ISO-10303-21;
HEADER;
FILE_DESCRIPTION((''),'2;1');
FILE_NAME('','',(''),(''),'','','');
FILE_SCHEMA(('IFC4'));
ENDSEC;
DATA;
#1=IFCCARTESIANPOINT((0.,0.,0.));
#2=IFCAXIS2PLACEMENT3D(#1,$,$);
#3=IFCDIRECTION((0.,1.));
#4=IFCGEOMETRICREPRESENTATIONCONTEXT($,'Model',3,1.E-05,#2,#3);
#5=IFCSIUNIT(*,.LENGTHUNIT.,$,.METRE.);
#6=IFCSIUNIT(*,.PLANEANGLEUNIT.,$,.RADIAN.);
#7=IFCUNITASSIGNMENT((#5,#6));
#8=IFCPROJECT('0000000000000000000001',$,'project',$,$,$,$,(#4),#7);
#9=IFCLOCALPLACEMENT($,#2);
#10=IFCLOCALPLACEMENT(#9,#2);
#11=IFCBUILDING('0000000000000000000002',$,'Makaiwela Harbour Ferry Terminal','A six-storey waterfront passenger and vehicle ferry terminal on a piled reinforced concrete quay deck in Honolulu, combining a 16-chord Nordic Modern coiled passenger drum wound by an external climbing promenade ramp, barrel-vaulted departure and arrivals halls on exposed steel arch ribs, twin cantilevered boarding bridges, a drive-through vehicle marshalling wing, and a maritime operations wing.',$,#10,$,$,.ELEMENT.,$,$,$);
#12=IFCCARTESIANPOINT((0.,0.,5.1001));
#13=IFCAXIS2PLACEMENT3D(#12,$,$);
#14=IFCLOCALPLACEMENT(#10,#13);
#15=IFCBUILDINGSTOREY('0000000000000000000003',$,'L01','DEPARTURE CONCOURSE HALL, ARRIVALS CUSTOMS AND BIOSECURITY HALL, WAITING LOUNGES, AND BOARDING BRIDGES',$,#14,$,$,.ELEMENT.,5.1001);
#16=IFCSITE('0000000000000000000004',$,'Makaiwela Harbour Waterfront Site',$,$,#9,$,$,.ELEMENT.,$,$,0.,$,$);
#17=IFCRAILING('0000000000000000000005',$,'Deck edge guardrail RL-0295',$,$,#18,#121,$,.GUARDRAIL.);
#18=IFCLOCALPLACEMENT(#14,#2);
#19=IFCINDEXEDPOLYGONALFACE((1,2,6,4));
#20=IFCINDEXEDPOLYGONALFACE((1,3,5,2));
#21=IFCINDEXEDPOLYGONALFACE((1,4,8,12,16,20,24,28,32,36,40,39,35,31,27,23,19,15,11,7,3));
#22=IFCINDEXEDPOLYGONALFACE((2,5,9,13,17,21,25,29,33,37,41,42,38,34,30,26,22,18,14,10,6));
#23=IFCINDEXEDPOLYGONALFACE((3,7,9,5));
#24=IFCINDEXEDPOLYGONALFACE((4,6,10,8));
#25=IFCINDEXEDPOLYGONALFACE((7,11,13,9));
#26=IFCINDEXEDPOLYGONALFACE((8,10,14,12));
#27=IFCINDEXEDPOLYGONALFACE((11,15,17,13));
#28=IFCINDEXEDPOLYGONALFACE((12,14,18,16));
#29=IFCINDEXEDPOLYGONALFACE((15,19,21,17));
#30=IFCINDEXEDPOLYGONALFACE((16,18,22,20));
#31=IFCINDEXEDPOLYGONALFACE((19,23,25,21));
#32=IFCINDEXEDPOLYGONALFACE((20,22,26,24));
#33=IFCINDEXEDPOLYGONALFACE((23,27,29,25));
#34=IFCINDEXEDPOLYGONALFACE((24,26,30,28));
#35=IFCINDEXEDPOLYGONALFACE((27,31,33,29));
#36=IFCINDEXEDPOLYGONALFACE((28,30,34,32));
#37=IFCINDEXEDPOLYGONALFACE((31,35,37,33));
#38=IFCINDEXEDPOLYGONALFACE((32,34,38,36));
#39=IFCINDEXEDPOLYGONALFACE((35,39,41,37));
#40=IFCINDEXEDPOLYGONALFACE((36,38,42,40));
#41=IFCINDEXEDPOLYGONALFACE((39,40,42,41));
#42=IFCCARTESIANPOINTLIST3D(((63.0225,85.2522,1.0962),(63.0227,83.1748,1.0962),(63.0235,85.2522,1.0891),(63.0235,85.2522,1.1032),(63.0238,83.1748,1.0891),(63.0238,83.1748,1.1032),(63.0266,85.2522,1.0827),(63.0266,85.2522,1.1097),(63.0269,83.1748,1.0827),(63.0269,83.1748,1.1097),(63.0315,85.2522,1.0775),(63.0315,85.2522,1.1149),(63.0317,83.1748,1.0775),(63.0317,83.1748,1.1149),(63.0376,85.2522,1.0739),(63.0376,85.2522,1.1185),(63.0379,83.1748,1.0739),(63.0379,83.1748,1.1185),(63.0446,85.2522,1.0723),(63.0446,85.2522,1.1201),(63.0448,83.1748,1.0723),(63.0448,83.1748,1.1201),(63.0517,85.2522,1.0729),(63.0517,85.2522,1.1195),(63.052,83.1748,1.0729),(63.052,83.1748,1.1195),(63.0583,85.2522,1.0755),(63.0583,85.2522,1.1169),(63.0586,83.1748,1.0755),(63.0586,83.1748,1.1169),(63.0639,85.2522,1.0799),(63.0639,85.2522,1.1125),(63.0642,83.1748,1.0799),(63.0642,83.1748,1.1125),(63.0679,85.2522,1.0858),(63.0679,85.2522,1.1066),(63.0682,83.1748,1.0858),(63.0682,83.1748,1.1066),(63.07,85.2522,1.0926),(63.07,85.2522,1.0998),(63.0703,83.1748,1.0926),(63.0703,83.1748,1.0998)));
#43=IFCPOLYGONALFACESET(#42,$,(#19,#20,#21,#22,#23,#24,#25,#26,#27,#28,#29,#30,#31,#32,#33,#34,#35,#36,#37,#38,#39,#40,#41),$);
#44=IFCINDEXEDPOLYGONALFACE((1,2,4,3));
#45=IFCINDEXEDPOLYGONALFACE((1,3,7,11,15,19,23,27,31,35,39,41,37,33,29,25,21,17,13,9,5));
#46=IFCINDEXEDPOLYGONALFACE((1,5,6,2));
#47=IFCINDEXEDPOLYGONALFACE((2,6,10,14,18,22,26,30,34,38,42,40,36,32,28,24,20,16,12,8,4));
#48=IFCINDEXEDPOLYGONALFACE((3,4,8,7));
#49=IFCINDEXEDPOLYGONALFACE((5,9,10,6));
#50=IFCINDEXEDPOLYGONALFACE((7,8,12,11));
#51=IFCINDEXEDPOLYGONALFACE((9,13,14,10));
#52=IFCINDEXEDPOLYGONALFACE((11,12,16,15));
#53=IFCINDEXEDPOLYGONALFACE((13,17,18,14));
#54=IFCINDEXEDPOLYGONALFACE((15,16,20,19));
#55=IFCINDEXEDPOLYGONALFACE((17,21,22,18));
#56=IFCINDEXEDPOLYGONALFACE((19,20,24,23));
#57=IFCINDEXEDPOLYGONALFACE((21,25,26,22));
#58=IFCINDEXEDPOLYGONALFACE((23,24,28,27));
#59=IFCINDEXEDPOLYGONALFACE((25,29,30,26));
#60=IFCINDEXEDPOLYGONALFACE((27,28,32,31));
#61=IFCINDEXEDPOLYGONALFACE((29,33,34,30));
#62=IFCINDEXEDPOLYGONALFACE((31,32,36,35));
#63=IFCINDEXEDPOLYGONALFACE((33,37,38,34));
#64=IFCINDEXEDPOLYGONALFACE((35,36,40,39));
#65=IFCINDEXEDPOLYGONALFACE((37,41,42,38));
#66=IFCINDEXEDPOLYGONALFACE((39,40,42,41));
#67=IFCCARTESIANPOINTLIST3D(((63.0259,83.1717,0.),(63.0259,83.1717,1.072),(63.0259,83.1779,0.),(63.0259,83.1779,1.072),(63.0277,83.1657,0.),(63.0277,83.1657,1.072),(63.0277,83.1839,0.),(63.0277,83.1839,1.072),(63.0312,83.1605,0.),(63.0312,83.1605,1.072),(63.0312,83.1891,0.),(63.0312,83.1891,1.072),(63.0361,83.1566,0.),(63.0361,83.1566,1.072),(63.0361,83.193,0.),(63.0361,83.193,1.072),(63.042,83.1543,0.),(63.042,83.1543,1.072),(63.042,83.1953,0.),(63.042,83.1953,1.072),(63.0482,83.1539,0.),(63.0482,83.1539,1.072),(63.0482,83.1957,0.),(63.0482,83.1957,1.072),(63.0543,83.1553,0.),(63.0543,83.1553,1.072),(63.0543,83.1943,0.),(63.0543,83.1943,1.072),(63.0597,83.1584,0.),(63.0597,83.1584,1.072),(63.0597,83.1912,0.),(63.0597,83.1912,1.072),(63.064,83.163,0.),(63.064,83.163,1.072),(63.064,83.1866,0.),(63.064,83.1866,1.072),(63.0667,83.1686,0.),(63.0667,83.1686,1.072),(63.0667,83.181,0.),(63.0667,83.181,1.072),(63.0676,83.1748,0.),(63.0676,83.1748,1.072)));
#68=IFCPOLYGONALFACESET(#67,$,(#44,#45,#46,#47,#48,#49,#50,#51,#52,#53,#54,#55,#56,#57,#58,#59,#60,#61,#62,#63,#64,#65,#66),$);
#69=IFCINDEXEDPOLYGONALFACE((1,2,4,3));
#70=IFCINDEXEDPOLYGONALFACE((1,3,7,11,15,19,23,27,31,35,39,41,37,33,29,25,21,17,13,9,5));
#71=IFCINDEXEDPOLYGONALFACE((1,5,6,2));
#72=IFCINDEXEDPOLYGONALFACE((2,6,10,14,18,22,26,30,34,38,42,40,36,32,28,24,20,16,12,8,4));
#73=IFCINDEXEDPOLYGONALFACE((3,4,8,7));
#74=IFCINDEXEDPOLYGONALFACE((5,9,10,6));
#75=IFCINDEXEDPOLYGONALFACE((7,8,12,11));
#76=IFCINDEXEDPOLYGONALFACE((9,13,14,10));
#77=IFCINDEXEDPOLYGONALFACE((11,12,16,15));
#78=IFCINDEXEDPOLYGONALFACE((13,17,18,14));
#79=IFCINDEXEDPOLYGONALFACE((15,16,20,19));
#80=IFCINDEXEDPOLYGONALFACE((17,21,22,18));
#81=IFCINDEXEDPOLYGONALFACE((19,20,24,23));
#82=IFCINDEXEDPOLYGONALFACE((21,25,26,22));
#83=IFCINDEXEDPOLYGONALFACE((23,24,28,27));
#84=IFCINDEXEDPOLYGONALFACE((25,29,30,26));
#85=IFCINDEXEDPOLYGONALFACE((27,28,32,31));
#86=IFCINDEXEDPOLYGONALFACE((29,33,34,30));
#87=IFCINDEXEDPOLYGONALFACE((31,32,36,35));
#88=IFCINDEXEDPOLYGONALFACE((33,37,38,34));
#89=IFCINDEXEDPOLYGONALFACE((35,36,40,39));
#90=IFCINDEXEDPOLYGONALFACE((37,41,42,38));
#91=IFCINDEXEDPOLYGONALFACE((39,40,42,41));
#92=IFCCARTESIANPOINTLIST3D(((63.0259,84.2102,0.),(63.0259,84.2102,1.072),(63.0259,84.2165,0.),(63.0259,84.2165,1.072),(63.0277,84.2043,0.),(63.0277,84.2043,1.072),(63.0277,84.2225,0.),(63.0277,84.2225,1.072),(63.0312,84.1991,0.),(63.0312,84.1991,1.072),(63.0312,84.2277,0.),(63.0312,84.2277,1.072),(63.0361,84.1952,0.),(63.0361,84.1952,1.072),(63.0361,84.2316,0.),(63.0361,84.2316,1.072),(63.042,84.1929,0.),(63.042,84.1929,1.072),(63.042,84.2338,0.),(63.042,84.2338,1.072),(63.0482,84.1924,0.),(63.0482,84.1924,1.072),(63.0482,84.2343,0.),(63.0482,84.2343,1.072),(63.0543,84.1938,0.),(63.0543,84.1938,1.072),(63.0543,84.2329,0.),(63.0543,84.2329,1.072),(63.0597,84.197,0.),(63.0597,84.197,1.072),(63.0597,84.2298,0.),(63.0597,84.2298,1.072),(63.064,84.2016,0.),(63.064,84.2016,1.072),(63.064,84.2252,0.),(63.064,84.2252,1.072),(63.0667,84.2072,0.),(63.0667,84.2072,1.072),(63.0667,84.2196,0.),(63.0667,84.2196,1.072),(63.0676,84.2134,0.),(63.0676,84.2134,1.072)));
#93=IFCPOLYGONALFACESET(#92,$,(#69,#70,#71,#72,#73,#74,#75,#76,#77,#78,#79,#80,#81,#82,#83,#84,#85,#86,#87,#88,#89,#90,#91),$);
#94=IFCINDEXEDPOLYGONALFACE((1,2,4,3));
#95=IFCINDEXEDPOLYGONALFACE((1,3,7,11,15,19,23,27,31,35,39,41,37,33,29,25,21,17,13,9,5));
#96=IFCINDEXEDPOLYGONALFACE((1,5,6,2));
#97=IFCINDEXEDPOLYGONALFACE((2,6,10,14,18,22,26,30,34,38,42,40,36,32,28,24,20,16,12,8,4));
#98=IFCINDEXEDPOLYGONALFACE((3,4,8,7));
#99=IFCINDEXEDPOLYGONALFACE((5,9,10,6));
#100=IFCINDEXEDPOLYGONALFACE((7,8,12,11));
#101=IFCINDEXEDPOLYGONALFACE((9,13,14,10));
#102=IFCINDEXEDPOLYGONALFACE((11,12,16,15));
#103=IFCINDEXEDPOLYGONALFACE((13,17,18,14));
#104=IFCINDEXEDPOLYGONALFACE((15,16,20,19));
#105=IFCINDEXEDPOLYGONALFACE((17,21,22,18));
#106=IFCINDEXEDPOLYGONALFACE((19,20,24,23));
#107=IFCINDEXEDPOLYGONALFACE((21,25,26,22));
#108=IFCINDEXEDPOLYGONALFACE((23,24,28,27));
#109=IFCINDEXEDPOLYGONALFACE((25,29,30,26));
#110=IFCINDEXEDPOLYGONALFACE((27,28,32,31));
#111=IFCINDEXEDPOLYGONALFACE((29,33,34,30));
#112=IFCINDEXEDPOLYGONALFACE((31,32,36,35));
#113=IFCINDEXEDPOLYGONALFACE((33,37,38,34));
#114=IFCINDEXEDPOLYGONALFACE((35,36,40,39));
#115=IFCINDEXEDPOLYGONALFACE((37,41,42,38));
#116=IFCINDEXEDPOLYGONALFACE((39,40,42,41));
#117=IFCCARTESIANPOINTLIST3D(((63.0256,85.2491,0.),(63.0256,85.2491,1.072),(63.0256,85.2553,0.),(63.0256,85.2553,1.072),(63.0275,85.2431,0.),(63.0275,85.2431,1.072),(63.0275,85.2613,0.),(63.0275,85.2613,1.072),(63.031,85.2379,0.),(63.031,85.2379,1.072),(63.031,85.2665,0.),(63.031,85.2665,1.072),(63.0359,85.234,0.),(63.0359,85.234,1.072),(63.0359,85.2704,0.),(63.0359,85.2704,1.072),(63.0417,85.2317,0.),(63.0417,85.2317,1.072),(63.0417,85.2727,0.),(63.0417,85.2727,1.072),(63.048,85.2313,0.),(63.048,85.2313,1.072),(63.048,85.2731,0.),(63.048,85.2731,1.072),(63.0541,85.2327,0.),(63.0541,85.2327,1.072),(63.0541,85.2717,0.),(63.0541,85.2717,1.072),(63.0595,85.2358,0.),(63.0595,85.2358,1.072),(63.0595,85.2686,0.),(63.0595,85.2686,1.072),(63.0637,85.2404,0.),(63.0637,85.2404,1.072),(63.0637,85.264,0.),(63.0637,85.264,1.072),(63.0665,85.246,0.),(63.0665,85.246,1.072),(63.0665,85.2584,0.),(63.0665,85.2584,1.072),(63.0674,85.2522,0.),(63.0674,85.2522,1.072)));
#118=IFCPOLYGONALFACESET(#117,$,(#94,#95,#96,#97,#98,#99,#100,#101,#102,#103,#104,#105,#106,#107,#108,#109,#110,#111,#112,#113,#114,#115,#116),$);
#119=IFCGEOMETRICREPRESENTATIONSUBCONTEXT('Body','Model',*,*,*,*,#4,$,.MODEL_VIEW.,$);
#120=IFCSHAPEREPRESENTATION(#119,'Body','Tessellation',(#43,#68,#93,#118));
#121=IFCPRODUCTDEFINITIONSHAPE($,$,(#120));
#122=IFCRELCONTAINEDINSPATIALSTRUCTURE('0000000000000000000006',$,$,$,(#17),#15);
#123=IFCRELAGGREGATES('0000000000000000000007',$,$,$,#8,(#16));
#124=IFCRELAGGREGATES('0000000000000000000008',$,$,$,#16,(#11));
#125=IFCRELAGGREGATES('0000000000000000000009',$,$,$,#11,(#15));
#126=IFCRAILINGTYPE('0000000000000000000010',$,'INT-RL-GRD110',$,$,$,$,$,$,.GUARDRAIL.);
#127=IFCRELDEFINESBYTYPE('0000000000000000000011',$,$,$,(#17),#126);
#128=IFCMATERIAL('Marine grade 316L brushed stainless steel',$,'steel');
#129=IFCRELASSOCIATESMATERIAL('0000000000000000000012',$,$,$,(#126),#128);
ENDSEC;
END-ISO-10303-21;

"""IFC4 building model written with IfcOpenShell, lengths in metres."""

from ifc_helpers import new_model, si_unit, direction, frame, origin, origin_2d, place, context, subcontext, project, spatial, circle, extrude, material, type_object, element, save


model = new_model("IFC4")

# Units and contexts
model_context = context("Model", 3, precision=1e-05, world=origin(), true_north=direction((0.0, 1.0)))
body_context = subcontext(model_context, "Body", "Model", "MODEL_VIEW")
ifc_project = project(units=[si_unit("LENGTHUNIT", "METRE"), si_unit("PLANEANGLEUNIT", "RADIAN")], contexts=[model_context])

# Site, building, storey
site_placement = place(None, origin())
site = spatial("IfcSite", under=ifc_project, at=site_placement, Name="Makaiwela Harbour Waterfront Site", CompositionType="ELEMENT", RefElevation=0.0)
building_placement = place(site_placement, origin())
building = spatial("IfcBuilding", under=site, at=building_placement, Name="Makaiwela Harbour Ferry Terminal", Description="A six-storey waterfront passenger and vehicle ferry terminal on a piled reinforced concrete quay deck in Honolulu, combining a 16-chord Nordic Modern coiled passenger drum wound by an external climbing promenade ramp, barrel-vaulted departure and arrivals halls on exposed steel arch ribs, twin cantilevered boarding bridges, a drive-through vehicle marshalling wing, and a maritime operations wing.", CompositionType="ELEMENT")
storey_placement = place(building_placement, frame((0.0, 0.0, 5.1001)))
storey = spatial("IfcBuildingStorey", under=building, at=storey_placement, Name="L01", Description="DEPARTURE CONCOURSE HALL, ARRIVALS CUSTOMS AND BIOSECURITY HALL, WAITING LOUNGES, AND BOARDING BRIDGES", CompositionType="ELEMENT", Elevation=5.1001)

# Railing
ifc_material_1 = material(Name="Marine grade 316L brushed stainless steel", Category="steel")
railing_type = type_object("IfcRailingType", Name="INT-RL-GRD110", PredefinedType="GUARDRAIL", material=ifc_material_1)
for number, where, name in (
    (1, (63.0466, 83.1748, 0.0), "Deck edge guardrail RL-0295"),
):
    element("IfcRailing", number, at=place(storey_placement, frame(where)), inside=storey, type_object=railing_type, Name=name, PredefinedType="GUARDRAIL", context=body_context, shape_type="SweptSolid", body=[
        extrude(circle(Radius=0.0239, at=origin_2d()), frame((0.0, 0.0, 1.0962), z_axis=(-0.000118, 1.0, 0.0), x_axis=(-1.0, -0.000118, 0.0)), (0.0, 0.0, 1.0), 2.0774),
        extrude(circle(Radius=0.021, at=origin_2d()), origin(), (0.0, 0.0, 1.0), 1.072),
        extrude(circle(Radius=0.021, at=origin_2d()), frame((0.0, 1.0386, 0.0)), (0.0, 0.0, 1.0), 1.072),
        extrude(circle(Radius=0.021, at=origin_2d()), frame((-0.0002, 2.0774, 0.0)), (0.0, 0.0, 1.0), 1.072),
    ])

save(model, "model.ifc")
